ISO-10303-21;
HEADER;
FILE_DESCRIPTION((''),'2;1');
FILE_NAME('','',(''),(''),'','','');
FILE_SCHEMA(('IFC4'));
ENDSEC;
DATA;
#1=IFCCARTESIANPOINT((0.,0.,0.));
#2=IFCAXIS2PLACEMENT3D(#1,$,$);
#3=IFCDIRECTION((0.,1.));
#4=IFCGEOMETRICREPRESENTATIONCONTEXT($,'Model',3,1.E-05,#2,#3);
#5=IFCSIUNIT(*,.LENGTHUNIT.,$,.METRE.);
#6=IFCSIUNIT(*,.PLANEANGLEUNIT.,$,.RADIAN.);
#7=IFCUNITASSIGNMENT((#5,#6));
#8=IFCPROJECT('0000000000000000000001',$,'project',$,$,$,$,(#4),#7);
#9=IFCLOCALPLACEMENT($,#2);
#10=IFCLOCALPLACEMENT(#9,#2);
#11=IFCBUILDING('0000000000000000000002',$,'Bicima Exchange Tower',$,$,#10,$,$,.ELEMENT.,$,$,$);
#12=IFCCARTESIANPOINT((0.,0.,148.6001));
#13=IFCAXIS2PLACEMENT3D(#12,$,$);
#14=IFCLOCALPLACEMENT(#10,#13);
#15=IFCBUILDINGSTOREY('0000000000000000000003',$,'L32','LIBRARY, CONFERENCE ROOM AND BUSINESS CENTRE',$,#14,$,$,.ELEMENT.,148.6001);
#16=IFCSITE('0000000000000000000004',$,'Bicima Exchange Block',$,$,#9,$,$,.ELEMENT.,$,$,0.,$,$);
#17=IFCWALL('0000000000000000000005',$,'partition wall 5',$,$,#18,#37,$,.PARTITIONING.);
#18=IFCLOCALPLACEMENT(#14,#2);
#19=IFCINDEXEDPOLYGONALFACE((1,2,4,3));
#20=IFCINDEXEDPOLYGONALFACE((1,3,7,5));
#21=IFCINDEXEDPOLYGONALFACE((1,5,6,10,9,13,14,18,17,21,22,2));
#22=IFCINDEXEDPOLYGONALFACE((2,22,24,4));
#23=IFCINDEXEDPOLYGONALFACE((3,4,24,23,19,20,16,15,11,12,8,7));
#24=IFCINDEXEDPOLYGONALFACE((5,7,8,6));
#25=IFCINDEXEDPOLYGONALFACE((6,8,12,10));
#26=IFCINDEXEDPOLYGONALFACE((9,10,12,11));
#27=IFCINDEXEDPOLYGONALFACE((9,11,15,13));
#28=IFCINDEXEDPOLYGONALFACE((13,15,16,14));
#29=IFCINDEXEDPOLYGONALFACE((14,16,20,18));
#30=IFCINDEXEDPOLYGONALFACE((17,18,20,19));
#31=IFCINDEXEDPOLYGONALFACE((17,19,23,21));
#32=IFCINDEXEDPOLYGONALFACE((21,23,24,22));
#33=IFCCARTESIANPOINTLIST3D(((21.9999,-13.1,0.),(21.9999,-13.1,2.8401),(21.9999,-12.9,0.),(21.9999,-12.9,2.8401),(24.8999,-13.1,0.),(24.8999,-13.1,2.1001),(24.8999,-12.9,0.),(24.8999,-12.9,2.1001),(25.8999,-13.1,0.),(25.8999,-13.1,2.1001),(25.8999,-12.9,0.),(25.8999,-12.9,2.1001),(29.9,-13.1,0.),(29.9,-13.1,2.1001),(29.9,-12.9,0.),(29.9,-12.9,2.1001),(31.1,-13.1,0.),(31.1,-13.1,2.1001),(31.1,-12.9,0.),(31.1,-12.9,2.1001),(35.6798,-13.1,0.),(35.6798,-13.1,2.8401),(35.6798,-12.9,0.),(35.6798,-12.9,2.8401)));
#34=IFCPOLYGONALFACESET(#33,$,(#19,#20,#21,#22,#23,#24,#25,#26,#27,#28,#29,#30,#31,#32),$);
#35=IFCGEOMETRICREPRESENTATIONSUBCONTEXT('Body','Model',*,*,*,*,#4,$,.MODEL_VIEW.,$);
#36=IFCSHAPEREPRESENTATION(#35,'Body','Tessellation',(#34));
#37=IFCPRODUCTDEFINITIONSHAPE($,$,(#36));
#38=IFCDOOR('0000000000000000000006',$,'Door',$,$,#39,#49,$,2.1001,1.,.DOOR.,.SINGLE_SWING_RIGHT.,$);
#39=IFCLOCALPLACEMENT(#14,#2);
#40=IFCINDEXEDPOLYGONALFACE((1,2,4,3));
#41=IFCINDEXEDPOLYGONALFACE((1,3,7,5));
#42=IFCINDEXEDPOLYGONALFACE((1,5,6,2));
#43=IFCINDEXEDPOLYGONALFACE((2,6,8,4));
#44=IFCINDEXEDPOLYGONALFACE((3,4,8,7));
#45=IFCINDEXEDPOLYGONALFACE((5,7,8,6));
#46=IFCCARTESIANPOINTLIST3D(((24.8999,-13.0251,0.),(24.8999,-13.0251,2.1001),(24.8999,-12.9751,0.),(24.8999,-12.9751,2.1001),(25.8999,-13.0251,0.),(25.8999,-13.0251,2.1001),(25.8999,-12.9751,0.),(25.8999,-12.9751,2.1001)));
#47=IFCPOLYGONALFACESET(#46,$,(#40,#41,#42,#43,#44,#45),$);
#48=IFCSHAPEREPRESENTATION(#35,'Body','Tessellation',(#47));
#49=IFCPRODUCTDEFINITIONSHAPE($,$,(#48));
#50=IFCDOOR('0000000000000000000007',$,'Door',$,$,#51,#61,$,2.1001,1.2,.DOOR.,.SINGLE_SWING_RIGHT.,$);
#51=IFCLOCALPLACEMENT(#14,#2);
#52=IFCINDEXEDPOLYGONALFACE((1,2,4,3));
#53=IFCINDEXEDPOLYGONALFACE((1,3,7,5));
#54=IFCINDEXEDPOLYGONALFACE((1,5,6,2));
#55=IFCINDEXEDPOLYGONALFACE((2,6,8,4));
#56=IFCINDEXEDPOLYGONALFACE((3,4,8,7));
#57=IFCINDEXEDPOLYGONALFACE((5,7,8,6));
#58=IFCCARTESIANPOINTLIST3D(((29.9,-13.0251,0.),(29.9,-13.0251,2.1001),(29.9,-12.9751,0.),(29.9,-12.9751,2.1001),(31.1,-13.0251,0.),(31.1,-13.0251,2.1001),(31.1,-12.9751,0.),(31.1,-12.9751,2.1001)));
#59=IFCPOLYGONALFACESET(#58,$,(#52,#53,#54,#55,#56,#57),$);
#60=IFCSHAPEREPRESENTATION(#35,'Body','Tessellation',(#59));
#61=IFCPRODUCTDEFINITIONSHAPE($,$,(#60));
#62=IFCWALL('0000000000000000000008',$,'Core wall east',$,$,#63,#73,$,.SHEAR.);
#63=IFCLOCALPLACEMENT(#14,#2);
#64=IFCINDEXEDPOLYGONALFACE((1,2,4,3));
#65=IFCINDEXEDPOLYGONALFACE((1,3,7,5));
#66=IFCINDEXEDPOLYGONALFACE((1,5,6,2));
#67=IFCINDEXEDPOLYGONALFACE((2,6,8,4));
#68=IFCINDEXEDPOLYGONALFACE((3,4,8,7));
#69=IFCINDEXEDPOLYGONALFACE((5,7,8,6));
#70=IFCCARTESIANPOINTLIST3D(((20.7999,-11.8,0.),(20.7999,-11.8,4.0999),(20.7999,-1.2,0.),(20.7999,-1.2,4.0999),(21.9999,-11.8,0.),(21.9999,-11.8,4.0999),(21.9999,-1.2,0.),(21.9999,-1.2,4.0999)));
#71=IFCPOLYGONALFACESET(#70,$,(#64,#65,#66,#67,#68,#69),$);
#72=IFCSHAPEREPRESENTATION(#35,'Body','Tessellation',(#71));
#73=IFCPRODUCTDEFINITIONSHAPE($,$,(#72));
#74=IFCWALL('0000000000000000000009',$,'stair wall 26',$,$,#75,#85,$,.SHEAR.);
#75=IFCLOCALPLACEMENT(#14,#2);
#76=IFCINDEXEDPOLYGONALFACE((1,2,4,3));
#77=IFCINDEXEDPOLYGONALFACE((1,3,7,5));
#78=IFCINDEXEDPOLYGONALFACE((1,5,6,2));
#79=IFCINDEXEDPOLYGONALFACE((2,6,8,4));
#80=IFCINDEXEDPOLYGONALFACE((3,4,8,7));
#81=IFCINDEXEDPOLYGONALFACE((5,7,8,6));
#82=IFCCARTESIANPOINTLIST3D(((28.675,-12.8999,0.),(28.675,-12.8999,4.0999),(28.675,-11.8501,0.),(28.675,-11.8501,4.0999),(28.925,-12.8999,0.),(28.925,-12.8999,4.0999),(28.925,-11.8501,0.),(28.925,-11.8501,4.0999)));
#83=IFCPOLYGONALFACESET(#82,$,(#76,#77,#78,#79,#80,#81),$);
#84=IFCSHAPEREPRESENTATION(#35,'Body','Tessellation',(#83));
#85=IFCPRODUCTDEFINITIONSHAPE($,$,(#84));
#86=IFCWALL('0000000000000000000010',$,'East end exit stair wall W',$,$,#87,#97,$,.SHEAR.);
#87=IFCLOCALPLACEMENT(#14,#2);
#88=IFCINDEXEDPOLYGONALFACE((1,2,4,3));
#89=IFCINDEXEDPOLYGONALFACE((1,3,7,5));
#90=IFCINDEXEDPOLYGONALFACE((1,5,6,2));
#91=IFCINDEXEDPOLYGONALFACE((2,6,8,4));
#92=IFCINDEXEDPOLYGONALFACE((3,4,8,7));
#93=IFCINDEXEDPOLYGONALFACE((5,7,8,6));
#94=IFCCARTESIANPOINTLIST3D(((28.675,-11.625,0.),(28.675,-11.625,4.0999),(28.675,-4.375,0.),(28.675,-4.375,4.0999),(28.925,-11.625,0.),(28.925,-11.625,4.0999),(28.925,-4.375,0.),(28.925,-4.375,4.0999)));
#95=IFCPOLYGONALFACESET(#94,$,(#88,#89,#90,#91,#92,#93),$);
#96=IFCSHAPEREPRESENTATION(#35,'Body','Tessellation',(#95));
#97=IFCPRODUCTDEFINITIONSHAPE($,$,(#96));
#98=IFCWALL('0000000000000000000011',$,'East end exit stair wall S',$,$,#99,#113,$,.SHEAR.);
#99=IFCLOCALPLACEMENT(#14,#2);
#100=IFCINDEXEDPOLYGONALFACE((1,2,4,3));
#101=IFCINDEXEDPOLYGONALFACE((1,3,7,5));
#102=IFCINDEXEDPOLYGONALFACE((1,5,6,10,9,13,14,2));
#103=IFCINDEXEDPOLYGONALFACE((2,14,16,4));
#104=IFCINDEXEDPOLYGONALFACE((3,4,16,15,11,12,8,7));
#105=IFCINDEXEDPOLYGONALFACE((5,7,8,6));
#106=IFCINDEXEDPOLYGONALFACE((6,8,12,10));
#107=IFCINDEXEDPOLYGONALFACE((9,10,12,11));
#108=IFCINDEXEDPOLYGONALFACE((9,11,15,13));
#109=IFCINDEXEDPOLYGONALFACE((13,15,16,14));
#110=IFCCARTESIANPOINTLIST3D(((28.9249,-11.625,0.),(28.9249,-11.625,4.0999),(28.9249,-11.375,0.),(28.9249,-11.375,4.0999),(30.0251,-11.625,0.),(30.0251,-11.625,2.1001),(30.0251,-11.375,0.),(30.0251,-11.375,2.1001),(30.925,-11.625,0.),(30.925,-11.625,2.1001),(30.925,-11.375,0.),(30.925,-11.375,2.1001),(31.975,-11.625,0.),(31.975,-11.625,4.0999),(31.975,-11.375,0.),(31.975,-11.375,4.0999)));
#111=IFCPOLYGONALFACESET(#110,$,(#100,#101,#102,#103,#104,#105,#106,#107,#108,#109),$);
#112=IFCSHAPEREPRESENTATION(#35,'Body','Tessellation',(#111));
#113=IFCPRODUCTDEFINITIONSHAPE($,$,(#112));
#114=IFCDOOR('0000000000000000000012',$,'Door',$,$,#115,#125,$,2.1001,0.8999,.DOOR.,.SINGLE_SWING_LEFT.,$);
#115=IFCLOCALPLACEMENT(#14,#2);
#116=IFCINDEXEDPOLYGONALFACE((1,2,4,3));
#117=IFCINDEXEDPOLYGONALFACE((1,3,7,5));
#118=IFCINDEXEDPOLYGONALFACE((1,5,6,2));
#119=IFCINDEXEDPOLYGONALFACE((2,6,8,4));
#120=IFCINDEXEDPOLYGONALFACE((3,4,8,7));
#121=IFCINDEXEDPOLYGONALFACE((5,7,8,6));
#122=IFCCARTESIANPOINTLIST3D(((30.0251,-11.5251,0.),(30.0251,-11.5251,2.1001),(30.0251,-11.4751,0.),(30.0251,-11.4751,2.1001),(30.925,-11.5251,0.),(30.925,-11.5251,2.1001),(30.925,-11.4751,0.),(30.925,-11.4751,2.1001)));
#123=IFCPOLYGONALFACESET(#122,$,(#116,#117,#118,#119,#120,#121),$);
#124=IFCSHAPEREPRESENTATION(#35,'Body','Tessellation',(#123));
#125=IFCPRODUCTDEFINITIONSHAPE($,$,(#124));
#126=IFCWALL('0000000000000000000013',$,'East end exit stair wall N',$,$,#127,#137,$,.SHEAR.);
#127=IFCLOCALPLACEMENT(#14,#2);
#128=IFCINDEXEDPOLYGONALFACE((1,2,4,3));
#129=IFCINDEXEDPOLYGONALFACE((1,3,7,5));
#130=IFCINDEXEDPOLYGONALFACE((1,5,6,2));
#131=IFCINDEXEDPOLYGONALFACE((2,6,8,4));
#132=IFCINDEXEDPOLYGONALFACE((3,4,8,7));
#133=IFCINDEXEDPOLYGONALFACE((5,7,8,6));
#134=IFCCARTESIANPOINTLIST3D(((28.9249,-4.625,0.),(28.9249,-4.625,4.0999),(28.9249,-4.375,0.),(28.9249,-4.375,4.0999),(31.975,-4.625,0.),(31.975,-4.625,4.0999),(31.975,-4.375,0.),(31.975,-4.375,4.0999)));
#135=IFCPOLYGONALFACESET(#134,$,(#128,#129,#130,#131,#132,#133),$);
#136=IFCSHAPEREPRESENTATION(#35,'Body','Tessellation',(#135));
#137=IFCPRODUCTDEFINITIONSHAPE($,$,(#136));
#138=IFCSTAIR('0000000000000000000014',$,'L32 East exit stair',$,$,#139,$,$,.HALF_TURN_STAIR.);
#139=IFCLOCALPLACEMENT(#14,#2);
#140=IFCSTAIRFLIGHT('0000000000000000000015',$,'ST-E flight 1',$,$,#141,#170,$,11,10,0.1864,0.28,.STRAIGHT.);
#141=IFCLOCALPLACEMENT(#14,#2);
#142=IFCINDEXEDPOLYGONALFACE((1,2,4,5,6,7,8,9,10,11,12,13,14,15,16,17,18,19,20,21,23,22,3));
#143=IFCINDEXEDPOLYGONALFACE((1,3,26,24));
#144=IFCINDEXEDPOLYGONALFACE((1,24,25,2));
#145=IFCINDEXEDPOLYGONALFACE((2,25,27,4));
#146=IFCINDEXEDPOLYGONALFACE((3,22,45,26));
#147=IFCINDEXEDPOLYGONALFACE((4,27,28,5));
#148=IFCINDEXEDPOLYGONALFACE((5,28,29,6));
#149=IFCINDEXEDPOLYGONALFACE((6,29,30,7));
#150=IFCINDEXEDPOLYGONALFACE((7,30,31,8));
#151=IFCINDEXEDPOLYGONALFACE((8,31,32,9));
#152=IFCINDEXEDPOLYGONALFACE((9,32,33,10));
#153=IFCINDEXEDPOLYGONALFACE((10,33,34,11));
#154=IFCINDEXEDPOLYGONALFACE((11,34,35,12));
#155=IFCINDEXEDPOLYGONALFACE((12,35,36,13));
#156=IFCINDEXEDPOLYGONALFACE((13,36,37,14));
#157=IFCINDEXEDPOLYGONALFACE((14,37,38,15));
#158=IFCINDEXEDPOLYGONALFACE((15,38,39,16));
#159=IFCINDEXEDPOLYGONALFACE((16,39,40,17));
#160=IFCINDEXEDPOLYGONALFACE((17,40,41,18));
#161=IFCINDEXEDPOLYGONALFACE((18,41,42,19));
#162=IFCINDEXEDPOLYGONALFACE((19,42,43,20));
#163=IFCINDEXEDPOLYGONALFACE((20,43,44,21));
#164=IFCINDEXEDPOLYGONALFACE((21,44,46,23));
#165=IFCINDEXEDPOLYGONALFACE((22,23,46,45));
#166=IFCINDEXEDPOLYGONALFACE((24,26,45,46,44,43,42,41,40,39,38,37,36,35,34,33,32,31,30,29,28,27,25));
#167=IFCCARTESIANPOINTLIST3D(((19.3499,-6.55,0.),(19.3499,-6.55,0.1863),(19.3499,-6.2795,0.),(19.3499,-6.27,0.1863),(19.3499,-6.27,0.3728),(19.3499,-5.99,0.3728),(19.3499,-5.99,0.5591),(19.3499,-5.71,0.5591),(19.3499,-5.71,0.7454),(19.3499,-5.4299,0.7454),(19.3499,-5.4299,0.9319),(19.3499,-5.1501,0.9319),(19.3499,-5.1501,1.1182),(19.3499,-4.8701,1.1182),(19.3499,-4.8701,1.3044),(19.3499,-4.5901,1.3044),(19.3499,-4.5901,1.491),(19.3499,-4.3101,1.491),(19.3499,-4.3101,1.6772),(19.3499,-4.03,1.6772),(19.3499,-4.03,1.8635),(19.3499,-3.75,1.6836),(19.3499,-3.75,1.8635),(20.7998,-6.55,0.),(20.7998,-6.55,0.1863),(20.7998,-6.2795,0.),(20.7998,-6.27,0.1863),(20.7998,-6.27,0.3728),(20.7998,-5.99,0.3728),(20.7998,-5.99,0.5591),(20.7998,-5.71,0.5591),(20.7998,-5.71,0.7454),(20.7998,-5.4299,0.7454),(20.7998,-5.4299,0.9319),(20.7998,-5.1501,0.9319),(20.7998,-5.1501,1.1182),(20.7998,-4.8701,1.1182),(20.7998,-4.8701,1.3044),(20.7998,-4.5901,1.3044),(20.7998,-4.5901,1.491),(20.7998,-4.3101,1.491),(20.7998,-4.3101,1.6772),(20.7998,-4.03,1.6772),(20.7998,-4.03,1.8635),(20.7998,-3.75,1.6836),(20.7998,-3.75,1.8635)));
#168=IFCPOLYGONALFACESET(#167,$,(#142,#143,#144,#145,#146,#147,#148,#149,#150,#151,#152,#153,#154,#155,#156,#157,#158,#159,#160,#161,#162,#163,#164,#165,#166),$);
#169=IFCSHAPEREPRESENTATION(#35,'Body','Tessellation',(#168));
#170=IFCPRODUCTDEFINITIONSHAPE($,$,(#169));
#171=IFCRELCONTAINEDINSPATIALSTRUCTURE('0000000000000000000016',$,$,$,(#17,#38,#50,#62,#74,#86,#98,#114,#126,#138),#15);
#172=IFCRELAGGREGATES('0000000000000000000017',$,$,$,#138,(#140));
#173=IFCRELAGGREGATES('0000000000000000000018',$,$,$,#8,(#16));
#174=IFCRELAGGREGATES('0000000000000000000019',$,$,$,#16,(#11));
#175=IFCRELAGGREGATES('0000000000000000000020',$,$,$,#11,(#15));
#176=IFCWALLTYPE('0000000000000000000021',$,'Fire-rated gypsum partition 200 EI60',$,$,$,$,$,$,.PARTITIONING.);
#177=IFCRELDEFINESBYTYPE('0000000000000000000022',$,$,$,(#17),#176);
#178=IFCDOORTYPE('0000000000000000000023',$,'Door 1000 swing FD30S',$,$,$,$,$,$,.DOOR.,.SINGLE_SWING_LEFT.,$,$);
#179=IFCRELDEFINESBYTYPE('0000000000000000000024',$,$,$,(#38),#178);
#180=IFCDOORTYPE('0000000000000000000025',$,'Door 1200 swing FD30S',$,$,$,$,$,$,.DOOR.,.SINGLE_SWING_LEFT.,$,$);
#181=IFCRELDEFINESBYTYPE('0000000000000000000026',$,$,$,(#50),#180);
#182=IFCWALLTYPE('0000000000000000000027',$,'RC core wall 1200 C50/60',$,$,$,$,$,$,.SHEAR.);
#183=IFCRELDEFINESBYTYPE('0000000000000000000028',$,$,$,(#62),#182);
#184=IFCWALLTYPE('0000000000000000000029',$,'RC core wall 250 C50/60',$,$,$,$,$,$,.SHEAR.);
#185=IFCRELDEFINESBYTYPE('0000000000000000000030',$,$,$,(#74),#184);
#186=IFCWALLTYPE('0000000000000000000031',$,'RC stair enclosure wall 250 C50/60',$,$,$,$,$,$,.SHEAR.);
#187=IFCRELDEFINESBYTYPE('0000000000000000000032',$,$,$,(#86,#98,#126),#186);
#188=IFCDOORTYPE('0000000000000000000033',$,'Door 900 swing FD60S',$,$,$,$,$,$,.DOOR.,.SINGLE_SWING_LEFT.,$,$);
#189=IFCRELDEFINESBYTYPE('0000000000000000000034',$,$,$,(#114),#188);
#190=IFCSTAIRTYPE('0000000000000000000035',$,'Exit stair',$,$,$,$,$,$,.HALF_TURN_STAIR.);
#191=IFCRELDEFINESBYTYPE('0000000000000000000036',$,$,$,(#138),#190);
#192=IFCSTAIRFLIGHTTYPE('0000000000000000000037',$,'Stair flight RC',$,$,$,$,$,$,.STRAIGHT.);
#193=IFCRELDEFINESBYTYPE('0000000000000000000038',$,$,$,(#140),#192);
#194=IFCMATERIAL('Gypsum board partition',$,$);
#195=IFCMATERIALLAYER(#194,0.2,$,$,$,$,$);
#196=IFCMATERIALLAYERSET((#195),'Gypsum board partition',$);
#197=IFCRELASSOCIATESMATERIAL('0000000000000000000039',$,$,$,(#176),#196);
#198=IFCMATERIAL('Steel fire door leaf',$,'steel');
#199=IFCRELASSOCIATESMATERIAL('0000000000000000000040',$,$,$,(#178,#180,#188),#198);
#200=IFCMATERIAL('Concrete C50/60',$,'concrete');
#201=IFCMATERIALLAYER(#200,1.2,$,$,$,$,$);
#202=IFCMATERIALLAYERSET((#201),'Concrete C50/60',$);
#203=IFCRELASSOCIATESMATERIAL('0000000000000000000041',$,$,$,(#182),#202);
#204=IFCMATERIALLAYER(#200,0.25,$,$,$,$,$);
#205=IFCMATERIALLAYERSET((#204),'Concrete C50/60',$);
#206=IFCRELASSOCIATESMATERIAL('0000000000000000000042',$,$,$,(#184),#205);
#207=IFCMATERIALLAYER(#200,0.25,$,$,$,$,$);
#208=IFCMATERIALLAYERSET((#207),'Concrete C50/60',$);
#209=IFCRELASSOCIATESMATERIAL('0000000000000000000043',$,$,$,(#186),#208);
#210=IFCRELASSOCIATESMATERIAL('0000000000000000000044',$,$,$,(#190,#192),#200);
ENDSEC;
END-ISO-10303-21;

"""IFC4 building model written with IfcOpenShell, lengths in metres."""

from ifc_helpers import new_model, si_unit, direction, frame, frame_2d, origin, place, context, subcontext, project, spatial, polyline, rectangle, outline, extrude, material, layer, layer_set, type_object, element, fill, aggregate, save


model = new_model("IFC4")

# Units and contexts
model_context = context("Model", 3, precision=1e-05, world=origin(), true_north=direction((0.0, 1.0)))
body_context = subcontext(model_context, "Body", "Model", "MODEL_VIEW")
ifc_project = project(units=[si_unit("LENGTHUNIT", "METRE"), si_unit("PLANEANGLEUNIT", "RADIAN")], contexts=[model_context])

# Site, building, storey
site_placement = place(None, origin())
site = spatial("IfcSite", under=ifc_project, at=site_placement, Name="Bicima Exchange Block", CompositionType="ELEMENT", RefElevation=0.0)
building_placement = place(site_placement, origin())
building = spatial("IfcBuilding", under=site, at=building_placement, Name="Bicima Exchange Tower", CompositionType="ELEMENT")
storey_placement = place(building_placement, frame((0.0, 0.0, 148.6001)))
storey = spatial("IfcBuildingStorey", under=building, at=storey_placement, Name="L32", Description="LIBRARY, CONFERENCE ROOM AND BUSINESS CENTRE", CompositionType="ELEMENT", Elevation=148.6001)

# Wall, openings, doors
ifc_material_1 = material(Name="Gypsum board partition")
ifc_layer_1 = layer(ifc_material_1, 0.2)
ifc_layer_set_1 = layer_set([ifc_layer_1], Name="Gypsum board partition")
wall_type_1 = type_object("IfcWallType", Name="Fire-rated gypsum partition 200 EI60", PredefinedType="PARTITIONING", material=ifc_layer_set_1)
wall_1_placement = place(storey_placement, frame((22.0, -13.0, 0.0), z_axis=(0.0, 0.0, 1.0), x_axis=(1.0, 0.0, 0.0)))
wall_1 = element("IfcWall", 1, at=wall_1_placement, inside=storey, type_object=wall_type_1, Name="partition wall 5", PredefinedType="PARTITIONING", context=body_context, shape_type="SweptSolid", body=[
    extrude(rectangle(XDim=13.6799, YDim=0.2, at=frame_2d((6.8398, 0.0))), origin(), (0.0, 0.0, 1.0), 2.8401),
])
opening_1_placement = place(wall_1_placement, frame((7.8999, 0.0, 0.0)))
opening_1 = element("IfcOpeningElement", 2, at=opening_1_placement, cuts=wall_1, PredefinedType="OPENING", context=body_context, shape_type="SweptSolid", body=[
    extrude(rectangle(XDim=1.2, YDim=2.1001, at=frame_2d((0.6001, 1.05))), frame((0.0, 0.1118, 0.0), z_axis=(0.0, -1.0, 0.0), x_axis=(1.0, 0.0, 0.0)), (0.0, 0.0, 1.0), 0.2239),
])
opening_2_placement = place(wall_1_placement, frame((2.8999, 0.0, 0.0)))
opening_2 = element("IfcOpeningElement", 3, at=opening_2_placement, cuts=wall_1, PredefinedType="OPENING", context=body_context, shape_type="SweptSolid", body=[
    extrude(rectangle(XDim=1.0, YDim=2.1001, at=frame_2d((0.5, 1.05))), frame((0.0, 0.1118, 0.0), z_axis=(0.0, -1.0, 0.0), x_axis=(1.0, 0.0, 0.0)), (0.0, 0.0, 1.0), 0.2239),
])
ifc_material_2 = material(Name="Steel fire door leaf", Category="steel")
door_type_1 = type_object("IfcDoorType", Name="Door 1000 swing FD30S", OperationType="SINGLE_SWING_LEFT", PredefinedType="DOOR", material=ifc_material_2)
door_1_placement = place(opening_2_placement, origin())
door_1 = element("IfcDoor", 4, at=door_1_placement, inside=storey, type_object=door_type_1, Name="Door", OperationType="SINGLE_SWING_RIGHT", OverallHeight=2.1001, OverallWidth=1.0, PredefinedType="DOOR", context=body_context, shape_type="SweptSolid", body=[
    extrude(rectangle(XDim=1.0, YDim=2.1001, at=frame_2d((0.5, 1.05))), frame((0.0, 0.0249, 0.0), z_axis=(0.0, -1.0, 0.0), x_axis=(1.0, 0.0, 0.0)), (0.0, 0.0, 1.0), 0.05),
])
fill(opening_2, door_1)
door_type_2 = type_object("IfcDoorType", Name="Door 1200 swing FD30S", OperationType="SINGLE_SWING_LEFT", PredefinedType="DOOR", material=ifc_material_2)
door_2_placement = place(opening_1_placement, origin())
door_2 = element("IfcDoor", 5, at=door_2_placement, inside=storey, type_object=door_type_2, Name="Door", OperationType="SINGLE_SWING_RIGHT", OverallHeight=2.1001, OverallWidth=1.2, PredefinedType="DOOR", context=body_context, shape_type="SweptSolid", body=[
    extrude(rectangle(XDim=1.2, YDim=2.1001, at=frame_2d((0.6001, 1.05))), frame((0.0, 0.0249, 0.0), z_axis=(0.0, -1.0, 0.0), x_axis=(1.0, 0.0, 0.0)), (0.0, 0.0, 1.0), 0.05),
])
fill(opening_1, door_2)

# Walls
ifc_material_3 = material(Name="Concrete C50/60", Category="concrete")
ifc_layer_2 = layer(ifc_material_3, 1.2)
ifc_layer_set_2 = layer_set([ifc_layer_2], Name="Concrete C50/60")
wall_type_2 = type_object("IfcWallType", Name="RC core wall 1200 C50/60", PredefinedType="SHEAR", material=ifc_layer_set_2)
wall_2_placement = place(storey_placement, frame((21.3999, -11.8, 0.0), z_axis=(0.0, 0.0, 1.0), x_axis=(0.0, 1.0, 0.0)))
element("IfcWall", 6, at=wall_2_placement, inside=storey, type_object=wall_type_2, Name="Core wall east", PredefinedType="SHEAR", context=body_context, shape_type="SweptSolid", body=[
    extrude(rectangle(XDim=10.6001, YDim=1.2, at=frame_2d((5.3, 0.0))), origin(), (0.0, 0.0, 1.0), 4.0999),
])
ifc_layer_3 = layer(ifc_material_3, 0.25)
ifc_layer_set_3 = layer_set([ifc_layer_3], Name="Concrete C50/60")
wall_type_3 = type_object("IfcWallType", Name="RC core wall 250 C50/60", PredefinedType="SHEAR", material=ifc_layer_set_3)
wall_3_placement = place(storey_placement, frame((28.8, -12.8999, 0.0), z_axis=(0.0, 0.0, 1.0), x_axis=(0.0, 1.0, 0.0)))
element("IfcWall", 7, at=wall_3_placement, inside=storey, type_object=wall_type_3, Name="stair wall 26", PredefinedType="SHEAR", context=body_context, shape_type="SweptSolid", body=[
    extrude(rectangle(XDim=1.0498, YDim=0.25, at=frame_2d((0.5249, 0.0))), origin(), (0.0, 0.0, 1.0), 4.0999),
])
ifc_layer_4 = layer(ifc_material_3, 0.25)
ifc_layer_set_4 = layer_set([ifc_layer_4], Name="Concrete C50/60")
wall_type_4 = type_object("IfcWallType", Name="RC stair enclosure wall 250 C50/60", PredefinedType="SHEAR", material=ifc_layer_set_4)
wall_4_placement = place(storey_placement, frame((28.8, -11.625, 0.0), z_axis=(0.0, 0.0, 1.0), x_axis=(0.0, 1.0, 0.0)))
element("IfcWall", 8, at=wall_4_placement, inside=storey, type_object=wall_type_4, Name="East end exit stair wall W", PredefinedType="SHEAR", context=body_context, shape_type="SweptSolid", body=[
    extrude(rectangle(XDim=7.25, YDim=0.25, at=frame_2d((3.625, 0.0))), origin(), (0.0, 0.0, 1.0), 4.0999),
])

# Wall, opening, door
wall_5_placement = place(storey_placement, frame((28.925, -11.5, 0.0), z_axis=(0.0, 0.0, 1.0), x_axis=(1.0, 0.0, 0.0)))
wall_5 = element("IfcWall", 9, at=wall_5_placement, inside=storey, type_object=wall_type_4, Name="East end exit stair wall S", PredefinedType="SHEAR", context=body_context, shape_type="SweptSolid", body=[
    extrude(rectangle(XDim=3.05, YDim=0.25, at=frame_2d((1.5249, 0.0))), origin(), (0.0, 0.0, 1.0), 4.0999),
])
opening_3_placement = place(wall_5_placement, frame((1.1001, 0.0, 0.0)))
opening_3 = element("IfcOpeningElement", 10, at=opening_3_placement, cuts=wall_5, PredefinedType="OPENING", context=body_context, shape_type="SweptSolid", body=[
    extrude(rectangle(XDim=0.8999, YDim=2.1001, at=frame_2d((0.45, 1.05))), frame((0.0, 0.137, 0.0), z_axis=(0.0, -1.0, 0.0), x_axis=(1.0, 0.0, 0.0)), (0.0, 0.0, 1.0), 0.2739),
])
door_type_3 = type_object("IfcDoorType", Name="Door 900 swing FD60S", OperationType="SINGLE_SWING_LEFT", PredefinedType="DOOR", material=ifc_material_2)
door_3_placement = place(opening_3_placement, origin())
door_3 = element("IfcDoor", 11, at=door_3_placement, inside=storey, type_object=door_type_3, Name="Door", OperationType="SINGLE_SWING_LEFT", OverallHeight=2.1001, OverallWidth=0.8999, PredefinedType="DOOR", context=body_context, shape_type="SweptSolid", body=[
    extrude(rectangle(XDim=0.8999, YDim=2.1001, at=frame_2d((0.45, 1.05))), frame((0.0, 0.0249, 0.0), z_axis=(0.0, -1.0, 0.0), x_axis=(1.0, 0.0, 0.0)), (0.0, 0.0, 1.0), 0.05),
])
fill(opening_3, door_3)

# Wall
wall_6_placement = place(storey_placement, frame((28.925, -4.5, 0.0), z_axis=(0.0, 0.0, 1.0), x_axis=(1.0, 0.0, 0.0)))
element("IfcWall", 12, at=wall_6_placement, inside=storey, type_object=wall_type_4, Name="East end exit stair wall N", PredefinedType="SHEAR", context=body_context, shape_type="SweptSolid", body=[
    extrude(rectangle(XDim=3.05, YDim=0.25, at=frame_2d((1.5249, 0.0))), origin(), (0.0, 0.0, 1.0), 4.0999),
])

# Stair, stair flight
stair_type = type_object("IfcStairType", Name="Exit stair", PredefinedType="HALF_TURN_STAIR", material=ifc_material_3)
stair_placement = place(storey_placement, origin())
stair = element("IfcStair", 13, at=stair_placement, inside=storey, type_object=stair_type, Name="L32 East exit stair", PredefinedType="HALF_TURN_STAIR")
stair_flight_type = type_object("IfcStairFlightType", Name="Stair flight RC", PredefinedType="STRAIGHT", material=ifc_material_3)
stair_flight_1_placement = place(storey_placement, frame((20.075, -6.55, 0.0), z_axis=(0.0, 0.0, 1.0), x_axis=(0.0, 1.0, 0.0)))
stair_flight_1 = element("IfcStairFlight", 14, at=stair_flight_1_placement, type_object=stair_flight_type, Name="ST-E flight 1", NumberOfRisers=11, NumberOfTreads=10, PredefinedType="STRAIGHT", RiserHeight=0.1864, TreadLength=0.28, context=body_context, shape_type="SweptSolid", body=[
    extrude(outline(polyline([(0.0, 0.0), (0.0, 0.1863), (0.28, 0.1863), (0.28, 0.3728), (0.5601, 0.3728), (0.5601, 0.5591), (0.8401, 0.5591), (0.8401, 0.7454), (1.1201, 0.7454), (1.1201, 0.9319), (1.3999, 0.9319), (1.3999, 1.1182), (1.6799, 1.1182), (1.6799, 1.3044), (1.96, 1.3044), (1.96, 1.491), (2.24, 1.491), (2.24, 1.6772), (2.52, 1.6772), (2.52, 1.8635), (2.8, 1.8635), (2.8, 2.05), (2.8, 1.6836), (0.2705, 0.0), (0.0, 0.0)])), frame((0.0, 0.7251, 0.0), z_axis=(0.0, -1.0, 0.0), x_axis=(1.0, 0.0, 0.0)), (0.0, 0.0, 1.0), 1.45),
])
aggregate(stair, [stair_flight_1])

save(model, "model.ifc")
